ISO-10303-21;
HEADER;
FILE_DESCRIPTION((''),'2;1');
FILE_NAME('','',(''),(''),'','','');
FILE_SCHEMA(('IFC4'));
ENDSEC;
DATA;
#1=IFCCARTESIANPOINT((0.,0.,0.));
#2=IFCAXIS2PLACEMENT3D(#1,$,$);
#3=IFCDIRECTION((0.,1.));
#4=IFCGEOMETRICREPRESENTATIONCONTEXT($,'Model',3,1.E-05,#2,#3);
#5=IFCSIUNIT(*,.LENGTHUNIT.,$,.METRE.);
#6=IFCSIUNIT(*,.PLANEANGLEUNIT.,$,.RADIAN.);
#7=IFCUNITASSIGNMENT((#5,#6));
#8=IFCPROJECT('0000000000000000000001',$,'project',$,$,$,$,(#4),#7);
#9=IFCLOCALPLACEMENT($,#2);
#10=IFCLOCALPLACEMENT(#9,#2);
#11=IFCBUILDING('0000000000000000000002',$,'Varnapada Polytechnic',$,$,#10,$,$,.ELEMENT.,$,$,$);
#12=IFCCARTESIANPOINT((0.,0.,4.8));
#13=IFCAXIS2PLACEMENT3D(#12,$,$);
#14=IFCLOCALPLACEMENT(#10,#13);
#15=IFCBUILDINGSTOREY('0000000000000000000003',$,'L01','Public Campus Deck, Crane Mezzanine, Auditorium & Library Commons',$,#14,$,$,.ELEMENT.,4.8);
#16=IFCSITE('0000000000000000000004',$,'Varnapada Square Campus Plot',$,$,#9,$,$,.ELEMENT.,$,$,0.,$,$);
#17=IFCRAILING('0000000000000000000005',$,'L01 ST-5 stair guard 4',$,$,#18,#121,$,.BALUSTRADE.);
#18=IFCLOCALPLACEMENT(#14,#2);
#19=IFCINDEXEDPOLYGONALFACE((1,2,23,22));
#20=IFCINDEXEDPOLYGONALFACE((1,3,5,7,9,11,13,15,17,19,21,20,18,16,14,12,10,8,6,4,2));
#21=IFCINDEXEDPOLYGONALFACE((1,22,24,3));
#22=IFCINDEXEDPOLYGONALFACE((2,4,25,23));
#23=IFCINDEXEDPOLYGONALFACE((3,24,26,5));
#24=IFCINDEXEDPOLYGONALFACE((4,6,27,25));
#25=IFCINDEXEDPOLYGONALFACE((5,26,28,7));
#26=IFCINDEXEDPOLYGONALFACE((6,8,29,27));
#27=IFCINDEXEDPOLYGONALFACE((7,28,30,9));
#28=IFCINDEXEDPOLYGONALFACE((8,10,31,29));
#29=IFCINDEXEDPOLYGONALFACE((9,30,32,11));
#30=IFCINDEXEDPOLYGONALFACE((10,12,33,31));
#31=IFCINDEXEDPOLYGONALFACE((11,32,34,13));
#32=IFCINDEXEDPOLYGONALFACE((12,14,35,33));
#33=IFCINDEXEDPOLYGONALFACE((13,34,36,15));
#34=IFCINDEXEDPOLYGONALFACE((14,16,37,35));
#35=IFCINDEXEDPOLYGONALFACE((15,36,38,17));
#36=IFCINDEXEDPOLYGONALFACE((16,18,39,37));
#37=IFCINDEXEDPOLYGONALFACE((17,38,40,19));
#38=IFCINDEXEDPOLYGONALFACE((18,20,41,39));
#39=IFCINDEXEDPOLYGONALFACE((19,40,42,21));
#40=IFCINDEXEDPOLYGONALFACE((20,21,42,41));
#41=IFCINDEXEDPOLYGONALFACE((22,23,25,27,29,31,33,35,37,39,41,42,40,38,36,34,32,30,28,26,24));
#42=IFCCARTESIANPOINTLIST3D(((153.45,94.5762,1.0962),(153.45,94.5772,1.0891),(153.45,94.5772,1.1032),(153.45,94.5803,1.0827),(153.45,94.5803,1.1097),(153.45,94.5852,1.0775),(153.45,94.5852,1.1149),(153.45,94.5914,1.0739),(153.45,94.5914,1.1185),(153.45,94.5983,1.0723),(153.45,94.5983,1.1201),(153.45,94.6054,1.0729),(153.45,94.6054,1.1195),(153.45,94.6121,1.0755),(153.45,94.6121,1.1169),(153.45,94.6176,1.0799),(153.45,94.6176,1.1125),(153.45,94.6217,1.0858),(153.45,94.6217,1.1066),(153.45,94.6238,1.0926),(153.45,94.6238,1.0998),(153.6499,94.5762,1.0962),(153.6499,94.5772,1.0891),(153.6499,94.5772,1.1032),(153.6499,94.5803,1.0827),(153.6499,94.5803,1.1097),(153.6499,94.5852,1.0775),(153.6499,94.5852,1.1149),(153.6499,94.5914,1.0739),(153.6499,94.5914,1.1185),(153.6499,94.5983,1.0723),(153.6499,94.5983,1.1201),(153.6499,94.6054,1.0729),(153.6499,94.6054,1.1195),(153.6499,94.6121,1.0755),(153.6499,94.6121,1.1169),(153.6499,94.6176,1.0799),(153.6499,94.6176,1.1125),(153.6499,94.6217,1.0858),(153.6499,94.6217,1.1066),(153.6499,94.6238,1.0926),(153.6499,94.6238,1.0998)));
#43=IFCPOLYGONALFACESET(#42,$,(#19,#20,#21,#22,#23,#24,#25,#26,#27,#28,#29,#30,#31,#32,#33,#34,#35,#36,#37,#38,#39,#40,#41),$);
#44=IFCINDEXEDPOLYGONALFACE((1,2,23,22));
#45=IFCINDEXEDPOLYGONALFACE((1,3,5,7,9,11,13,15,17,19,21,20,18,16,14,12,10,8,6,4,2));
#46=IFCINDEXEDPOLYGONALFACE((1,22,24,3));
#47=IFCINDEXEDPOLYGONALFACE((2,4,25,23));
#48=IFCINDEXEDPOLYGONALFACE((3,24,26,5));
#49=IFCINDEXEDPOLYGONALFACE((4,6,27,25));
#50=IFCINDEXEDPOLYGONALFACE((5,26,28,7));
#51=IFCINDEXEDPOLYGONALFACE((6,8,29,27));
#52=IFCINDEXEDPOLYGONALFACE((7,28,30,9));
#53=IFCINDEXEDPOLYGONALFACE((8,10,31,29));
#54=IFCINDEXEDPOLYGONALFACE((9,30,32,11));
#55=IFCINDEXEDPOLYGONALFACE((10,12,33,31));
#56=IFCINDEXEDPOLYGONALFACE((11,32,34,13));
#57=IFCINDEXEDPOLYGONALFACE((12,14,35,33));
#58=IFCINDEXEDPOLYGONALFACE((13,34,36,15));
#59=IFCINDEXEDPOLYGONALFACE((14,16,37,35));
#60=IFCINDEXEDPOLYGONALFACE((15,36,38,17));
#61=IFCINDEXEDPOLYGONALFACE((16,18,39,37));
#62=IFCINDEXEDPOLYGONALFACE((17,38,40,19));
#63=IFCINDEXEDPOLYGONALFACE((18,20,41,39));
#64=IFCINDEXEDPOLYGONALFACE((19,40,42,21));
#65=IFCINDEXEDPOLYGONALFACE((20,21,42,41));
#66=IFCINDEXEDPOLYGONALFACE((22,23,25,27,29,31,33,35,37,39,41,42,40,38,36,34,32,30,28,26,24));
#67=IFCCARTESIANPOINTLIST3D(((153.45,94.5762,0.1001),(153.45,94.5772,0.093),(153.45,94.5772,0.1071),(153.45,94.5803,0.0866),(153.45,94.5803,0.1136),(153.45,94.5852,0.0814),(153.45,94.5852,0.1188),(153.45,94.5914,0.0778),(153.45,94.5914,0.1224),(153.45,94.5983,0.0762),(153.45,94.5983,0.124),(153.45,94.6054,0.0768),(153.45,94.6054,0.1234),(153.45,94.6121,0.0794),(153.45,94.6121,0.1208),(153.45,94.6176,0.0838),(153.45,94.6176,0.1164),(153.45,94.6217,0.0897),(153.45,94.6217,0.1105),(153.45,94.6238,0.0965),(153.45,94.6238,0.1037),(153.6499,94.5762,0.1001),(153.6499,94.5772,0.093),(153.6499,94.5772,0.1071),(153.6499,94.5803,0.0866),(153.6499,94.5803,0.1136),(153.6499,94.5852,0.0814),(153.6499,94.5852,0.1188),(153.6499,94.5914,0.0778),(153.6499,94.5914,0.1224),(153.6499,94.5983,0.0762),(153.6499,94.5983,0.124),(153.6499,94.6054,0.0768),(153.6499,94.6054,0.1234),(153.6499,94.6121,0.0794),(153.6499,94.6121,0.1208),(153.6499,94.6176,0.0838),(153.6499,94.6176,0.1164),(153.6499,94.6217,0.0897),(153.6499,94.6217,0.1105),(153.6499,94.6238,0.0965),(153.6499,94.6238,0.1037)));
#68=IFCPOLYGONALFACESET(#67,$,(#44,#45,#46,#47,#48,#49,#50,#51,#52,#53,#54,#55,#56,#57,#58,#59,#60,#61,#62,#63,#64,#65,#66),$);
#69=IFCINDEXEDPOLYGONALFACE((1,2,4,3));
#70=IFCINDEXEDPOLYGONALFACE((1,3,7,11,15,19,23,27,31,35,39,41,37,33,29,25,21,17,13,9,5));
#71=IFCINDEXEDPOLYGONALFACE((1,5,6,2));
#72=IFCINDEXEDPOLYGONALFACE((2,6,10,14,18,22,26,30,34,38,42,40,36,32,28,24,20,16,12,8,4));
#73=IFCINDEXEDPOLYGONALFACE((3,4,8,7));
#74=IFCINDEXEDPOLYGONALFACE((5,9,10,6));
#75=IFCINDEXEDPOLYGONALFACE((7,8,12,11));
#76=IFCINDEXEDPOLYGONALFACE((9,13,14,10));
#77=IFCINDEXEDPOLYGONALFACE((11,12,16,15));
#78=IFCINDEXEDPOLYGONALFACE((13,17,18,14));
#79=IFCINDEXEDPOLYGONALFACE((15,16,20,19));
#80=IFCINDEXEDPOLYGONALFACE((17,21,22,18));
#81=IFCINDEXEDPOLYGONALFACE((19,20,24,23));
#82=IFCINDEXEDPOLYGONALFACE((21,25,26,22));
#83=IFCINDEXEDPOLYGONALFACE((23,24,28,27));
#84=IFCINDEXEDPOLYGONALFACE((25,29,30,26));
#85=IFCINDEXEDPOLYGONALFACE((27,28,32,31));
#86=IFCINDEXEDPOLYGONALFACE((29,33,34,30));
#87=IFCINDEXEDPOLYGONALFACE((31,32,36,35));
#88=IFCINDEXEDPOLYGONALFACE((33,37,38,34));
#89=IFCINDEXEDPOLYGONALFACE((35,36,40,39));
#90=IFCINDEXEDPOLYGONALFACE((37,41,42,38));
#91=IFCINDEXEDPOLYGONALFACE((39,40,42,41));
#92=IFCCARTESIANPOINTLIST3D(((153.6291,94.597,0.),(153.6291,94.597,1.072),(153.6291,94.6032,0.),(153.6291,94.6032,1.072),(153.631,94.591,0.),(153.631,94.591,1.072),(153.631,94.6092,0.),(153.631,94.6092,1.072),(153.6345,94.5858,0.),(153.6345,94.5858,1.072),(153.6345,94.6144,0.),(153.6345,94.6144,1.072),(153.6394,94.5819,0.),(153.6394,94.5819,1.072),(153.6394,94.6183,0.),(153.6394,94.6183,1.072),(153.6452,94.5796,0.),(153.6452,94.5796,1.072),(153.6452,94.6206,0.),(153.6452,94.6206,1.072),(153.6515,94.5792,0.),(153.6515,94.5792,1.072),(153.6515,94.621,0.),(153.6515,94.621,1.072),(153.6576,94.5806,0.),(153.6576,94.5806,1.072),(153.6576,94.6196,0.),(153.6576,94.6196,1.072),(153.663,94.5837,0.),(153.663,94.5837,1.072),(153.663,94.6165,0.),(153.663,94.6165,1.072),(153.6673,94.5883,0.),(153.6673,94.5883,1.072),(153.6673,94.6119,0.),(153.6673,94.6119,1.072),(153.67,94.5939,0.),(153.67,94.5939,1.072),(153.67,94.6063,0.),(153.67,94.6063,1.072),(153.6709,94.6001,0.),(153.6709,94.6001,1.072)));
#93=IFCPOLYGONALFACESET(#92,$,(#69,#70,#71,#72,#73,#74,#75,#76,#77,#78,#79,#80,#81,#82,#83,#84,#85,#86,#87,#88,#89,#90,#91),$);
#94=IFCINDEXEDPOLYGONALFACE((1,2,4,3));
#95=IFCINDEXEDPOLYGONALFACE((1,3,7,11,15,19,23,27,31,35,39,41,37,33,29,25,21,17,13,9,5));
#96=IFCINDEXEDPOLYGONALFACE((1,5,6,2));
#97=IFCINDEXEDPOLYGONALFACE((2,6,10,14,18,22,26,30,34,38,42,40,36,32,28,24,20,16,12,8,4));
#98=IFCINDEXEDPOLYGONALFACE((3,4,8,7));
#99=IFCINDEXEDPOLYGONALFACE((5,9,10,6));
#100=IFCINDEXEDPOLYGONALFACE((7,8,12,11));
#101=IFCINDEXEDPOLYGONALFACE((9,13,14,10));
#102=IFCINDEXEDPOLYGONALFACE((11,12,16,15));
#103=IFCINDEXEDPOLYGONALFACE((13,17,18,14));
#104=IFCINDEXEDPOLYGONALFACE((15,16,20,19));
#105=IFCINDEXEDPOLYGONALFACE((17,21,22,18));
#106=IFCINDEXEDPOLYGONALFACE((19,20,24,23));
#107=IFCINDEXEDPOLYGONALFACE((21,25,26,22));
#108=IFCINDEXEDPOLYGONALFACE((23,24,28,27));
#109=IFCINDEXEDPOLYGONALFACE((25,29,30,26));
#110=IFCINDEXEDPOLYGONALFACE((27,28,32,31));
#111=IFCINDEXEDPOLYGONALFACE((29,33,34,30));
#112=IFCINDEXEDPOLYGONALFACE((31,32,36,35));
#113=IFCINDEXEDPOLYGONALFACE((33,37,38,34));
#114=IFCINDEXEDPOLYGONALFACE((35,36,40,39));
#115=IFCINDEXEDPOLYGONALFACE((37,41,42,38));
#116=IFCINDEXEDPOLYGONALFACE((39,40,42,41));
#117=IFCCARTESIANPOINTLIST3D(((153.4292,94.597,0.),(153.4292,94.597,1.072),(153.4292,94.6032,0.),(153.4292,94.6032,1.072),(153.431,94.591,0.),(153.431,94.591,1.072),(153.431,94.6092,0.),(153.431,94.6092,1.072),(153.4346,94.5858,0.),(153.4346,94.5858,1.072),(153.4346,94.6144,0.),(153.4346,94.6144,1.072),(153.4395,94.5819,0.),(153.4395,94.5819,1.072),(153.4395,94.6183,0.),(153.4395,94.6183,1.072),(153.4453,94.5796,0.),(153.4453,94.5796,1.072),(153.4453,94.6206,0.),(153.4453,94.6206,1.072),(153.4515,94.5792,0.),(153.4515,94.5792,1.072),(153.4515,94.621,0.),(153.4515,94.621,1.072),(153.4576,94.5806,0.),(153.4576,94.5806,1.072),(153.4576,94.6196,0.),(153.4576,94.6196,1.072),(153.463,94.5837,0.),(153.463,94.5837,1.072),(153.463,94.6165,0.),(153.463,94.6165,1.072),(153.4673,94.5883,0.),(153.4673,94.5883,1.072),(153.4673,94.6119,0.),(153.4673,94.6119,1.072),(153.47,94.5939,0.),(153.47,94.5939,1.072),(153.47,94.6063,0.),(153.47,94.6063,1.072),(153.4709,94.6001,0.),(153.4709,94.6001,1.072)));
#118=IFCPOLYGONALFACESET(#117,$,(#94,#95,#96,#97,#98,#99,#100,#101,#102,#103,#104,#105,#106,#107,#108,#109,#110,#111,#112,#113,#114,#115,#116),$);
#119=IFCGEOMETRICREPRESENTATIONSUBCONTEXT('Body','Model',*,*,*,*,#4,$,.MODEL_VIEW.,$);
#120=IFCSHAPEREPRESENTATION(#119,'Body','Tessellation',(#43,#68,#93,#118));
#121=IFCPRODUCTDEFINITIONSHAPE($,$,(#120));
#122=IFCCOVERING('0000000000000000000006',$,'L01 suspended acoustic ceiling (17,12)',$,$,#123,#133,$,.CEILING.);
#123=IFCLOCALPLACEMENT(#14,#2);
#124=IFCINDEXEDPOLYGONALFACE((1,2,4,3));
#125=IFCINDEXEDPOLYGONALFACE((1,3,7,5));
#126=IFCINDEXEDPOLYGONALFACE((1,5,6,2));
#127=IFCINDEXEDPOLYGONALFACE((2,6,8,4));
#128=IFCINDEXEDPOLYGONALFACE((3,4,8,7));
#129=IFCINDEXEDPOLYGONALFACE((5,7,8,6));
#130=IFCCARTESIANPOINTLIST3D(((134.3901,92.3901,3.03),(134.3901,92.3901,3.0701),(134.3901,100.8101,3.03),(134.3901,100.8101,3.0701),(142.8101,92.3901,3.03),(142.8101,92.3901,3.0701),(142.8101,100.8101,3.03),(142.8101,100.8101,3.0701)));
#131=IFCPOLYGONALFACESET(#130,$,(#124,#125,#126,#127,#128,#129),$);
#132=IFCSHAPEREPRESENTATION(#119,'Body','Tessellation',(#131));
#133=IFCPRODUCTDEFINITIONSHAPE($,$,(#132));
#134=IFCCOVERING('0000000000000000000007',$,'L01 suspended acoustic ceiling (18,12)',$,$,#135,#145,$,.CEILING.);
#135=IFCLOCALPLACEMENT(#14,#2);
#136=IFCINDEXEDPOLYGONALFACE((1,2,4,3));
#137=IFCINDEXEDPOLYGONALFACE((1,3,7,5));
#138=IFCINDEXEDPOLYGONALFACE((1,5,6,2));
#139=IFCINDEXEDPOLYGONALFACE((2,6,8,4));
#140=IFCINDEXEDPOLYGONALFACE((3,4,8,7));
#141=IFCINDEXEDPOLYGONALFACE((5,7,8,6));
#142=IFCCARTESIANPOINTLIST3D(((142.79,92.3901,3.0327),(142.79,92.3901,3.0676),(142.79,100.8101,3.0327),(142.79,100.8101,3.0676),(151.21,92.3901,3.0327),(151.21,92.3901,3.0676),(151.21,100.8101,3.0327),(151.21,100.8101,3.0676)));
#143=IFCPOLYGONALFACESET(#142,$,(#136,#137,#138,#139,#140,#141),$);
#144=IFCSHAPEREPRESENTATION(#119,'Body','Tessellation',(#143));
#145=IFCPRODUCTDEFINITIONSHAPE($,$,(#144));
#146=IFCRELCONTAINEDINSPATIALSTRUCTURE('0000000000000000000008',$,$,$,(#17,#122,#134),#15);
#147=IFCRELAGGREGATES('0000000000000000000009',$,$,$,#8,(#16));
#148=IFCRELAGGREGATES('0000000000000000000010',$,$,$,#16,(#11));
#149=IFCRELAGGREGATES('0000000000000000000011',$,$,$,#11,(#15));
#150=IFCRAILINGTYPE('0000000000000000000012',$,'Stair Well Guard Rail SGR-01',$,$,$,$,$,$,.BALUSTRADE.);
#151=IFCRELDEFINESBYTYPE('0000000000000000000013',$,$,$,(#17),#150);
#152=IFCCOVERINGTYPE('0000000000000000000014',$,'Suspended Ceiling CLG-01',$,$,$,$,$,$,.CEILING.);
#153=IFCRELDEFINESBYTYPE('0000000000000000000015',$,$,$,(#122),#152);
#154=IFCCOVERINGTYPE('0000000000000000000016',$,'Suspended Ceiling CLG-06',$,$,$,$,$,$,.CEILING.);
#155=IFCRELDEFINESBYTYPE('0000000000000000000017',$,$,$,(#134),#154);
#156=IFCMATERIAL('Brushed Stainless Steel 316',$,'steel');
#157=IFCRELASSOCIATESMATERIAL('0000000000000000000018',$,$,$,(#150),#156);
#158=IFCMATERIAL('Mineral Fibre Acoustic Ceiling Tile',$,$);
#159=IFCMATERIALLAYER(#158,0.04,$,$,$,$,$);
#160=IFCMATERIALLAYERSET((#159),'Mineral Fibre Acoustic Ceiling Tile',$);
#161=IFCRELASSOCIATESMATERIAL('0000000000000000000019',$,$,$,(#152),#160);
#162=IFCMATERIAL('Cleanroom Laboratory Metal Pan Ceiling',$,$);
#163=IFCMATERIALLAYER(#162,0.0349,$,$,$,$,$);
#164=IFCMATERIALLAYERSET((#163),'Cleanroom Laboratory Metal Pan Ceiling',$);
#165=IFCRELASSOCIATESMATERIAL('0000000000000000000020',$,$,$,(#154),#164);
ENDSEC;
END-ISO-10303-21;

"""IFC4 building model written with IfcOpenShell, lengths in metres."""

from ifc_helpers import new_model, si_unit, direction, frame, origin, origin_2d, place, context, subcontext, project, spatial, rectangle, circle, extrude, material, layer, layer_set, type_object, element, save


model = new_model("IFC4")

# Units and contexts
model_context = context("Model", 3, precision=1e-05, world=origin(), true_north=direction((0.0, 1.0)))
body_context = subcontext(model_context, "Body", "Model", "MODEL_VIEW")
ifc_project = project(units=[si_unit("LENGTHUNIT", "METRE"), si_unit("PLANEANGLEUNIT", "RADIAN")], contexts=[model_context])

# Site, building, storey
site_placement = place(None, origin())
site = spatial("IfcSite", under=ifc_project, at=site_placement, Name="Varnapada Square Campus Plot", CompositionType="ELEMENT", RefElevation=0.0)
building_placement = place(site_placement, origin())
building = spatial("IfcBuilding", under=site, at=building_placement, Name="Varnapada Polytechnic", CompositionType="ELEMENT")
storey_placement = place(building_placement, frame((0.0, 0.0, 4.8)))
storey = spatial("IfcBuildingStorey", under=building, at=storey_placement, Name="L01", Description="Public Campus Deck, Crane Mezzanine, Auditorium & Library Commons", CompositionType="ELEMENT", Elevation=4.8)

# Shared definitions
ifc_material_1 = material(Name="Brushed Stainless Steel 316", Category="steel")

# Railing
railing_type_1 = type_object("IfcRailingType", Name="Stair Well Guard Rail SGR-01", PredefinedType="BALUSTRADE", material=ifc_material_1)
railing_1_placement = place(storey_placement, frame((153.6499, 94.6001, 0.0)))
element("IfcRailing", 1, at=railing_1_placement, inside=storey, type_object=railing_type_1, Name="L01 ST-5 stair guard 4", PredefinedType="BALUSTRADE", context=body_context, shape_type="SweptSolid", body=[
    extrude(circle(Radius=0.0239, at=origin_2d()), frame((0.0, 0.0, 1.0962), z_axis=(-1.0, 0.0, 0.0), x_axis=(0.0, -1.0, 0.0)), (0.0, 0.0, 1.0), 0.2),
    extrude(circle(Radius=0.0239, at=origin_2d()), frame((0.0, 0.0, 0.1001), z_axis=(-1.0, 0.0, 0.0), x_axis=(0.0, -1.0, 0.0)), (0.0, 0.0, 1.0), 0.2),
    extrude(circle(Radius=0.021, at=origin_2d()), origin(), (0.0, 0.0, 1.0), 1.072),
    extrude(circle(Radius=0.021, at=origin_2d()), frame((-0.2, 0.0, 0.0)), (0.0, 0.0, 1.0), 1.072),
])

# Coverings
ifc_material_2 = material(Name="Mineral Fibre Acoustic Ceiling Tile")
ifc_layer_1 = layer(ifc_material_2, 0.04)
ifc_layer_set_1 = layer_set([ifc_layer_1], Name="Mineral Fibre Acoustic Ceiling Tile")
covering_type_1 = type_object("IfcCoveringType", Name="Suspended Ceiling CLG-01", PredefinedType="CEILING", material=ifc_layer_set_1)
covering_1_placement = place(storey_placement, frame((138.6001, 96.6001, 3.03), z_axis=(0.0, 0.0, 1.0), x_axis=(1.0, 0.0, 0.0)))
element("IfcCovering", 2, at=covering_1_placement, inside=storey, type_object=covering_type_1, Name="L01 suspended acoustic ceiling (17,12)", PredefinedType="CEILING", context=body_context, shape_type="SweptSolid", body=[
    extrude(rectangle(XDim=8.4199, YDim=8.4199, at=origin_2d()), origin(), (0.0, 0.0, 1.0), 0.04),
])
ifc_material_3 = material(Name="Cleanroom Laboratory Metal Pan Ceiling")
ifc_layer_2 = layer(ifc_material_3, 0.0349)
ifc_layer_set_2 = layer_set([ifc_layer_2], Name="Cleanroom Laboratory Metal Pan Ceiling")
covering_type_2 = type_object("IfcCoveringType", Name="Suspended Ceiling CLG-06", PredefinedType="CEILING", material=ifc_layer_set_2)
covering_2_placement = place(storey_placement, frame((147.0, 96.6001, 3.0327), z_axis=(0.0, 0.0, 1.0), x_axis=(1.0, 0.0, 0.0)))
element("IfcCovering", 3, at=covering_2_placement, inside=storey, type_object=covering_type_2, Name="L01 suspended acoustic ceiling (18,12)", PredefinedType="CEILING", context=body_context, shape_type="SweptSolid", body=[
    extrude(rectangle(XDim=8.4199, YDim=8.4199, at=origin_2d()), origin(), (0.0, 0.0, 1.0), 0.0349),
])

save(model, "model.ifc")
